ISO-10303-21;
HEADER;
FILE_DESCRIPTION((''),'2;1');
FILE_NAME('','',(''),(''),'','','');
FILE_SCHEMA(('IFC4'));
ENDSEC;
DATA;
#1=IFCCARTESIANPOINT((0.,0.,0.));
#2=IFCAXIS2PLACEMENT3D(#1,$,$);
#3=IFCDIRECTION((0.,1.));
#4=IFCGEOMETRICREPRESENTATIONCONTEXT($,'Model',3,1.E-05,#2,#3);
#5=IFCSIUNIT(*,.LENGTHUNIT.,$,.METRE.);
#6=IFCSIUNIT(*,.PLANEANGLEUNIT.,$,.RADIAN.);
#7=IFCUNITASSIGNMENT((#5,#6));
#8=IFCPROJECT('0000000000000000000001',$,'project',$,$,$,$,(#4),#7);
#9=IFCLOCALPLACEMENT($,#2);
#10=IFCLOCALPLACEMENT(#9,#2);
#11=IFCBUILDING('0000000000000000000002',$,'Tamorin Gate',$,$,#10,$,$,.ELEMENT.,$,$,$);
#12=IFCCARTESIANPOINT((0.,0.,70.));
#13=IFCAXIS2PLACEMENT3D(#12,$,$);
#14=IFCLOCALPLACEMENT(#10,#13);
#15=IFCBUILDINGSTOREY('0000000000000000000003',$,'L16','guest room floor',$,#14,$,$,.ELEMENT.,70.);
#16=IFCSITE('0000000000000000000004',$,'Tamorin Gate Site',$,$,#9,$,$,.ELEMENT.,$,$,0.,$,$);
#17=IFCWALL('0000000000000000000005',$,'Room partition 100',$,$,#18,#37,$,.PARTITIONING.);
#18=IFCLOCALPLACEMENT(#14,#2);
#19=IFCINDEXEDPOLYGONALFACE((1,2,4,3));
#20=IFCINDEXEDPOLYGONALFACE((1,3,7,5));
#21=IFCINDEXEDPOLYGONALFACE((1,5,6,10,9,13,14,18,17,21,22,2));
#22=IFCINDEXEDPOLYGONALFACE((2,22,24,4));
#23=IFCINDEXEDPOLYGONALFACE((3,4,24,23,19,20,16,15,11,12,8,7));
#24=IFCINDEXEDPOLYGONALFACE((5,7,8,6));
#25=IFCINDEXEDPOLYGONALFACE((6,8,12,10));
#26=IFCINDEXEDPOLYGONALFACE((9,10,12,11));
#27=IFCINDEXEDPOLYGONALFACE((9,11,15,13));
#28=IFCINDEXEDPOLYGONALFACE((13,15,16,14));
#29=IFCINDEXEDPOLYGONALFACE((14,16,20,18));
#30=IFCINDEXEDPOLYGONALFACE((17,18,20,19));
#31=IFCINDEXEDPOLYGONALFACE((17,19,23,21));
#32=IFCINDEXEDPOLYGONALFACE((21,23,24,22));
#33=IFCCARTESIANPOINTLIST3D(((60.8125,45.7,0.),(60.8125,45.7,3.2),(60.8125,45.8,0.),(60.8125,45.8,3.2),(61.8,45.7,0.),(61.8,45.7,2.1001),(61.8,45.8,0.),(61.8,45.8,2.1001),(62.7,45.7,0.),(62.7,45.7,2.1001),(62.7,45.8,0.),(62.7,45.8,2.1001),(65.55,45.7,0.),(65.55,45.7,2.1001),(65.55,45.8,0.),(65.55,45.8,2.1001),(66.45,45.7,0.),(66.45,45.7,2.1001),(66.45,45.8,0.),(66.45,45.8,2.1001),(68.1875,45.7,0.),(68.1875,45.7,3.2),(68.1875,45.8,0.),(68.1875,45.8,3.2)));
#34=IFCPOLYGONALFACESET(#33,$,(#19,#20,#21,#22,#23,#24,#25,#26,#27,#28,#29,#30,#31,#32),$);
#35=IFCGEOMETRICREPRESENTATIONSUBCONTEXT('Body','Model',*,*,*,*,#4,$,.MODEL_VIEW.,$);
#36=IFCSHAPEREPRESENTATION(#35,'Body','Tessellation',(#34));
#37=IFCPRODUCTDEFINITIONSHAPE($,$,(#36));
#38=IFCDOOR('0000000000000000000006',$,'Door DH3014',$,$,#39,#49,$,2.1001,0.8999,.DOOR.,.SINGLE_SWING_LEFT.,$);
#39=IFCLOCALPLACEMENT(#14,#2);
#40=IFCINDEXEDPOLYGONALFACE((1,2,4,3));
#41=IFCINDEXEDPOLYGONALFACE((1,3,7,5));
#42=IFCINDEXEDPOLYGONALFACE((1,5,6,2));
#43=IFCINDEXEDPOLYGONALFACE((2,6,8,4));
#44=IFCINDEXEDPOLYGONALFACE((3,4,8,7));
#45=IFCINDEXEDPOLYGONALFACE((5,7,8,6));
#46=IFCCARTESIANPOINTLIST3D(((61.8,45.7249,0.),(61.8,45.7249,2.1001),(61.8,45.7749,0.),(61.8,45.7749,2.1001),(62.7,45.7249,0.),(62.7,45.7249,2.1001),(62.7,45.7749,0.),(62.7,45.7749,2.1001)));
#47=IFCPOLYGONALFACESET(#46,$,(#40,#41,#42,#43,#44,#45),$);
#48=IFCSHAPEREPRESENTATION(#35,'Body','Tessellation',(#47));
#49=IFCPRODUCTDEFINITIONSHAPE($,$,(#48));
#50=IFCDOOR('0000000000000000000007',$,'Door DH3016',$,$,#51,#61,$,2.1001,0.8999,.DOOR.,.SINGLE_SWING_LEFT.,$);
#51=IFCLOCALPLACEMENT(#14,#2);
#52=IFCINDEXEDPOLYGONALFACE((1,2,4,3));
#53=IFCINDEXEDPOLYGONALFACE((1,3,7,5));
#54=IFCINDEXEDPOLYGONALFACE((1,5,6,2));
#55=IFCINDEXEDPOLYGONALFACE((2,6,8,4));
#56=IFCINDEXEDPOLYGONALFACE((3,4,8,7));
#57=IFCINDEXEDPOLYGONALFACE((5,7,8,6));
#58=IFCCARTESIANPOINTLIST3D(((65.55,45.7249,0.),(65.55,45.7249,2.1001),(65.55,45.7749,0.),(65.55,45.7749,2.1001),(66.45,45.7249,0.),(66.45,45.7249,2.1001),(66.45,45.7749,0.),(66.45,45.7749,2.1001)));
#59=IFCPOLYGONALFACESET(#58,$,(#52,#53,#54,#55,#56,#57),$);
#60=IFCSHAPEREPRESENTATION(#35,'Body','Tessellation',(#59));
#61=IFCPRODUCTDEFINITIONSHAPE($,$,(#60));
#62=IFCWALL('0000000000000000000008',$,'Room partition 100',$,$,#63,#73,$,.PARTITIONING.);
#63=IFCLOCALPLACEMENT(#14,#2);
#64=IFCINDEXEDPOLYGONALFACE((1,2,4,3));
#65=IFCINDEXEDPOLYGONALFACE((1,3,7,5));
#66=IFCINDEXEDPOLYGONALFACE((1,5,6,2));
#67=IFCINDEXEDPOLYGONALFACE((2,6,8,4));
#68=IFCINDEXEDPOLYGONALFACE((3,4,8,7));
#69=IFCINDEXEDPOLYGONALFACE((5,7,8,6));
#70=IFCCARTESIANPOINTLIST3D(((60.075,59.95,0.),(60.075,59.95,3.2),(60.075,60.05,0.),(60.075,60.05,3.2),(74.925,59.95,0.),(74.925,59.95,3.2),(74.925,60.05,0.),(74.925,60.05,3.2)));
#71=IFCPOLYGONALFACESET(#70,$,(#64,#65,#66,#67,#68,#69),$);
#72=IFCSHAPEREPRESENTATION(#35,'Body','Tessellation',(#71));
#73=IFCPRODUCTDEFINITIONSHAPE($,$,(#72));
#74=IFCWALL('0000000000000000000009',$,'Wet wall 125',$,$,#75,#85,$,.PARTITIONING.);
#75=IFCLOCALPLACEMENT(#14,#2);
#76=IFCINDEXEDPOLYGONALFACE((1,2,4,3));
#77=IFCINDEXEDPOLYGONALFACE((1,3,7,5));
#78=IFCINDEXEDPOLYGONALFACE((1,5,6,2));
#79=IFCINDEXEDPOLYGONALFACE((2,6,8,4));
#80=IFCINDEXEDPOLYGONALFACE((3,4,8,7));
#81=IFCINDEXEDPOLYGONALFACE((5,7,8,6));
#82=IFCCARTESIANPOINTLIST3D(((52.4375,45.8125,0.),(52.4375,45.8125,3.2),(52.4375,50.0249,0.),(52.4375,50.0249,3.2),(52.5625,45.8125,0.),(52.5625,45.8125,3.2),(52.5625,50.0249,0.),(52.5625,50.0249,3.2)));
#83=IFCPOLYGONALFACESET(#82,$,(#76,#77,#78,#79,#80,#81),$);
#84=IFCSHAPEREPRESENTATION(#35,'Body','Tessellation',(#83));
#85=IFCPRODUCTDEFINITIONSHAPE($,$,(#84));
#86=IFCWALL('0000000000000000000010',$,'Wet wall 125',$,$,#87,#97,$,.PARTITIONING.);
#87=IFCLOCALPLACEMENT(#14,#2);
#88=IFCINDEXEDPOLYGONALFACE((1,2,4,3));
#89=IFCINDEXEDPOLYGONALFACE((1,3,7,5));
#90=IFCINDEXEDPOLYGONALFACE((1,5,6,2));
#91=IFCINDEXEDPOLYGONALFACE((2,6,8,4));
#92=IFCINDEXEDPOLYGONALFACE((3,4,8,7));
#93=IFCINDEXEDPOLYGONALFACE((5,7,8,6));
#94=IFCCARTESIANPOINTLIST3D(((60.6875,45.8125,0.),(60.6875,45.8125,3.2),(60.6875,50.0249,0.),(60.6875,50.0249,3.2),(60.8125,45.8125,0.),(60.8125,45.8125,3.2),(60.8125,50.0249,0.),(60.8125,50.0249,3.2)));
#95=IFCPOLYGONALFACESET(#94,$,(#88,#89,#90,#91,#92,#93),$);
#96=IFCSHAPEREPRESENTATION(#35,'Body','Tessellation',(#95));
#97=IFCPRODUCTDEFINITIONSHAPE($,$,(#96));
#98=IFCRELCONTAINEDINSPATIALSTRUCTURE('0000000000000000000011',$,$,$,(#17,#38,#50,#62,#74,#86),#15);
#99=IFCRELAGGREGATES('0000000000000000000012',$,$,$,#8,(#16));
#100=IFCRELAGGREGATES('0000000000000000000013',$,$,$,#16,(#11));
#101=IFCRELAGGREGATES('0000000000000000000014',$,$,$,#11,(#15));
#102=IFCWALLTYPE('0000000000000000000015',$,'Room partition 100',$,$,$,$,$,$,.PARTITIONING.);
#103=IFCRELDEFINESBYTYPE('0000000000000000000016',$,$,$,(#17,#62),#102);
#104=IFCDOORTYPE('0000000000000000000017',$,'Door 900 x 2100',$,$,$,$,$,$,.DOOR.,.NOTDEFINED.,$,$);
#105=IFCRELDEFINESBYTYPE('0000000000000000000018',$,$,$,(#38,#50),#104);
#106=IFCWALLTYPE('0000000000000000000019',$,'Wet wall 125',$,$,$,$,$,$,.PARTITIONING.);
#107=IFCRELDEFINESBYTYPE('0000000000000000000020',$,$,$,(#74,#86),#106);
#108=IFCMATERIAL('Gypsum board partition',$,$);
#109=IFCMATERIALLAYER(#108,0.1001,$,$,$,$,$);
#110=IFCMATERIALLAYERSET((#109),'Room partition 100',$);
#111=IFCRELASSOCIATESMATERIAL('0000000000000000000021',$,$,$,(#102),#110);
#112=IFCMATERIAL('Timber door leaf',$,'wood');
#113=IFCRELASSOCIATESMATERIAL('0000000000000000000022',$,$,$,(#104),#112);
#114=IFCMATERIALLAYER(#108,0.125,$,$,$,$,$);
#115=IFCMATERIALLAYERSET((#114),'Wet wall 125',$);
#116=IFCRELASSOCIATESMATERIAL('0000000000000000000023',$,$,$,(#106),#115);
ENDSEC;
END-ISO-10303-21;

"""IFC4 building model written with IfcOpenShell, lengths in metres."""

from ifc_helpers import new_model, si_unit, direction, frame, frame_2d, origin, place, context, subcontext, project, spatial, rectangle, extrude, material, layer, layer_set, type_object, element, fill, save


model = new_model("IFC4")

# Units and contexts
model_context = context("Model", 3, precision=1e-05, world=origin(), true_north=direction((0.0, 1.0)))
body_context = subcontext(model_context, "Body", "Model", "MODEL_VIEW")
ifc_project = project(units=[si_unit("LENGTHUNIT", "METRE"), si_unit("PLANEANGLEUNIT", "RADIAN")], contexts=[model_context])

# Site, building, storey
site_placement = place(None, origin())
site = spatial("IfcSite", under=ifc_project, at=site_placement, Name="Tamorin Gate Site", CompositionType="ELEMENT", RefElevation=0.0)
building_placement = place(site_placement, origin())
building = spatial("IfcBuilding", under=site, at=building_placement, Name="Tamorin Gate", CompositionType="ELEMENT")
storey_placement = place(building_placement, frame((0.0, 0.0, 70.0)))
storey = spatial("IfcBuildingStorey", under=building, at=storey_placement, Name="L16", Description="guest room floor", CompositionType="ELEMENT", Elevation=70.0)

# Shared definitions
ifc_material_1 = material(Name="Gypsum board partition")
ifc_material_2 = material(Name="Timber door leaf", Category="wood")

# Wall, openings, doors
ifc_layer_1 = layer(ifc_material_1, 0.1001)
ifc_layer_set_1 = layer_set([ifc_layer_1], Name="Room partition 100")
wall_type_1 = type_object("IfcWallType", Name="Room partition 100", PredefinedType="PARTITIONING", material=ifc_layer_set_1)
wall_1_placement = place(storey_placement, frame((60.8125, 45.75, 0.0), z_axis=(0.0, 0.0, 1.0), x_axis=(1.0, 0.0, 0.0)))
wall_1 = element("IfcWall", 1, at=wall_1_placement, inside=storey, type_object=wall_type_1, Name="Room partition 100", PredefinedType="PARTITIONING", context=body_context, shape_type="SweptSolid", body=[
    extrude(rectangle(XDim=7.375, YDim=0.1001, at=frame_2d((3.6875, 0.0))), origin(), (0.0, 0.0, 1.0), 3.2),
])
opening_1_placement = place(wall_1_placement, frame((0.9875, 0.0, 0.0)))
opening_1 = element("IfcOpeningElement", 2, at=opening_1_placement, cuts=wall_1, PredefinedType="OPENING", context=body_context, shape_type="SweptSolid", body=[
    extrude(rectangle(XDim=0.8999, YDim=2.1001, at=frame_2d((0.45, 1.05))), frame((0.0, 0.0601, 0.0), z_axis=(0.0, -1.0, 0.0), x_axis=(1.0, 0.0, 0.0)), (0.0, 0.0, 1.0), 0.1201),
])
opening_2_placement = place(wall_1_placement, frame((4.7375, 0.0, 0.0)))
opening_2 = element("IfcOpeningElement", 3, at=opening_2_placement, cuts=wall_1, PredefinedType="OPENING", context=body_context, shape_type="SweptSolid", body=[
    extrude(rectangle(XDim=0.8999, YDim=2.1001, at=frame_2d((0.45, 1.05))), frame((0.0, 0.0601, 0.0), z_axis=(0.0, -1.0, 0.0), x_axis=(1.0, 0.0, 0.0)), (0.0, 0.0, 1.0), 0.1201),
])
door_type_1 = type_object("IfcDoorType", Name="Door 900 x 2100", OperationType="NOTDEFINED", PredefinedType="DOOR", material=ifc_material_2)
door_1_placement = place(opening_1_placement, origin())
door_1 = element("IfcDoor", 4, at=door_1_placement, inside=storey, type_object=door_type_1, Name="Door DH3014", OperationType="SINGLE_SWING_LEFT", OverallHeight=2.1001, OverallWidth=0.8999, PredefinedType="DOOR", context=body_context, shape_type="SweptSolid", body=[
    extrude(rectangle(XDim=0.8999, YDim=2.1001, at=frame_2d((0.45, 1.05))), frame((0.0, 0.0249, 0.0), z_axis=(0.0, -1.0, 0.0), x_axis=(1.0, 0.0, 0.0)), (0.0, 0.0, 1.0), 0.05),
])
fill(opening_1, door_1)
door_2_placement = place(opening_2_placement, origin())
door_2 = element("IfcDoor", 5, at=door_2_placement, inside=storey, type_object=door_type_1, Name="Door DH3016", OperationType="SINGLE_SWING_LEFT", OverallHeight=2.1001, OverallWidth=0.8999, PredefinedType="DOOR", context=body_context, shape_type="SweptSolid", body=[
    extrude(rectangle(XDim=0.8999, YDim=2.1001, at=frame_2d((0.45, 1.05))), frame((0.0, 0.0249, 0.0), z_axis=(0.0, -1.0, 0.0), x_axis=(1.0, 0.0, 0.0)), (0.0, 0.0, 1.0), 0.05),
])
fill(opening_2, door_2)

# Walls
wall_2_placement = place(storey_placement, frame((60.075, 60.0, 0.0), z_axis=(0.0, 0.0, 1.0), x_axis=(1.0, 0.0, 0.0)))
element("IfcWall", 6, at=wall_2_placement, inside=storey, type_object=wall_type_1, Name="Room partition 100", PredefinedType="PARTITIONING", context=body_context, shape_type="SweptSolid", body=[
    extrude(rectangle(XDim=14.8501, YDim=0.1001, at=frame_2d((7.425, 0.0))), origin(), (0.0, 0.0, 1.0), 3.2),
])
ifc_layer_2 = layer(ifc_material_1, 0.125)
ifc_layer_set_2 = layer_set([ifc_layer_2], Name="Wet wall 125")
wall_type_2 = type_object("IfcWallType", Name="Wet wall 125", PredefinedType="PARTITIONING", material=ifc_layer_set_2)
for number, where, z_axis, x_axis, name in (
    (7, (52.5, 45.8125, 0.0), (0.0, 0.0, 1.0), (0.0, 1.0, 0.0), "Wet wall 125"),
    (8, (60.75, 45.8125, 0.0), (0.0, 0.0, 1.0), (0.0, 1.0, 0.0), "Wet wall 125"),
):
    element("IfcWall", number, at=place(storey_placement, frame(where, z_axis=z_axis, x_axis=x_axis)), inside=storey, type_object=wall_type_2, Name=name, PredefinedType="PARTITIONING", context=body_context, shape_type="SweptSolid", body=[
        extrude(rectangle(XDim=4.2124, YDim=0.125, at=frame_2d((2.1062, 0.0))), origin(), (0.0, 0.0, 1.0), 3.2),
    ])

save(model, "model.ifc")
